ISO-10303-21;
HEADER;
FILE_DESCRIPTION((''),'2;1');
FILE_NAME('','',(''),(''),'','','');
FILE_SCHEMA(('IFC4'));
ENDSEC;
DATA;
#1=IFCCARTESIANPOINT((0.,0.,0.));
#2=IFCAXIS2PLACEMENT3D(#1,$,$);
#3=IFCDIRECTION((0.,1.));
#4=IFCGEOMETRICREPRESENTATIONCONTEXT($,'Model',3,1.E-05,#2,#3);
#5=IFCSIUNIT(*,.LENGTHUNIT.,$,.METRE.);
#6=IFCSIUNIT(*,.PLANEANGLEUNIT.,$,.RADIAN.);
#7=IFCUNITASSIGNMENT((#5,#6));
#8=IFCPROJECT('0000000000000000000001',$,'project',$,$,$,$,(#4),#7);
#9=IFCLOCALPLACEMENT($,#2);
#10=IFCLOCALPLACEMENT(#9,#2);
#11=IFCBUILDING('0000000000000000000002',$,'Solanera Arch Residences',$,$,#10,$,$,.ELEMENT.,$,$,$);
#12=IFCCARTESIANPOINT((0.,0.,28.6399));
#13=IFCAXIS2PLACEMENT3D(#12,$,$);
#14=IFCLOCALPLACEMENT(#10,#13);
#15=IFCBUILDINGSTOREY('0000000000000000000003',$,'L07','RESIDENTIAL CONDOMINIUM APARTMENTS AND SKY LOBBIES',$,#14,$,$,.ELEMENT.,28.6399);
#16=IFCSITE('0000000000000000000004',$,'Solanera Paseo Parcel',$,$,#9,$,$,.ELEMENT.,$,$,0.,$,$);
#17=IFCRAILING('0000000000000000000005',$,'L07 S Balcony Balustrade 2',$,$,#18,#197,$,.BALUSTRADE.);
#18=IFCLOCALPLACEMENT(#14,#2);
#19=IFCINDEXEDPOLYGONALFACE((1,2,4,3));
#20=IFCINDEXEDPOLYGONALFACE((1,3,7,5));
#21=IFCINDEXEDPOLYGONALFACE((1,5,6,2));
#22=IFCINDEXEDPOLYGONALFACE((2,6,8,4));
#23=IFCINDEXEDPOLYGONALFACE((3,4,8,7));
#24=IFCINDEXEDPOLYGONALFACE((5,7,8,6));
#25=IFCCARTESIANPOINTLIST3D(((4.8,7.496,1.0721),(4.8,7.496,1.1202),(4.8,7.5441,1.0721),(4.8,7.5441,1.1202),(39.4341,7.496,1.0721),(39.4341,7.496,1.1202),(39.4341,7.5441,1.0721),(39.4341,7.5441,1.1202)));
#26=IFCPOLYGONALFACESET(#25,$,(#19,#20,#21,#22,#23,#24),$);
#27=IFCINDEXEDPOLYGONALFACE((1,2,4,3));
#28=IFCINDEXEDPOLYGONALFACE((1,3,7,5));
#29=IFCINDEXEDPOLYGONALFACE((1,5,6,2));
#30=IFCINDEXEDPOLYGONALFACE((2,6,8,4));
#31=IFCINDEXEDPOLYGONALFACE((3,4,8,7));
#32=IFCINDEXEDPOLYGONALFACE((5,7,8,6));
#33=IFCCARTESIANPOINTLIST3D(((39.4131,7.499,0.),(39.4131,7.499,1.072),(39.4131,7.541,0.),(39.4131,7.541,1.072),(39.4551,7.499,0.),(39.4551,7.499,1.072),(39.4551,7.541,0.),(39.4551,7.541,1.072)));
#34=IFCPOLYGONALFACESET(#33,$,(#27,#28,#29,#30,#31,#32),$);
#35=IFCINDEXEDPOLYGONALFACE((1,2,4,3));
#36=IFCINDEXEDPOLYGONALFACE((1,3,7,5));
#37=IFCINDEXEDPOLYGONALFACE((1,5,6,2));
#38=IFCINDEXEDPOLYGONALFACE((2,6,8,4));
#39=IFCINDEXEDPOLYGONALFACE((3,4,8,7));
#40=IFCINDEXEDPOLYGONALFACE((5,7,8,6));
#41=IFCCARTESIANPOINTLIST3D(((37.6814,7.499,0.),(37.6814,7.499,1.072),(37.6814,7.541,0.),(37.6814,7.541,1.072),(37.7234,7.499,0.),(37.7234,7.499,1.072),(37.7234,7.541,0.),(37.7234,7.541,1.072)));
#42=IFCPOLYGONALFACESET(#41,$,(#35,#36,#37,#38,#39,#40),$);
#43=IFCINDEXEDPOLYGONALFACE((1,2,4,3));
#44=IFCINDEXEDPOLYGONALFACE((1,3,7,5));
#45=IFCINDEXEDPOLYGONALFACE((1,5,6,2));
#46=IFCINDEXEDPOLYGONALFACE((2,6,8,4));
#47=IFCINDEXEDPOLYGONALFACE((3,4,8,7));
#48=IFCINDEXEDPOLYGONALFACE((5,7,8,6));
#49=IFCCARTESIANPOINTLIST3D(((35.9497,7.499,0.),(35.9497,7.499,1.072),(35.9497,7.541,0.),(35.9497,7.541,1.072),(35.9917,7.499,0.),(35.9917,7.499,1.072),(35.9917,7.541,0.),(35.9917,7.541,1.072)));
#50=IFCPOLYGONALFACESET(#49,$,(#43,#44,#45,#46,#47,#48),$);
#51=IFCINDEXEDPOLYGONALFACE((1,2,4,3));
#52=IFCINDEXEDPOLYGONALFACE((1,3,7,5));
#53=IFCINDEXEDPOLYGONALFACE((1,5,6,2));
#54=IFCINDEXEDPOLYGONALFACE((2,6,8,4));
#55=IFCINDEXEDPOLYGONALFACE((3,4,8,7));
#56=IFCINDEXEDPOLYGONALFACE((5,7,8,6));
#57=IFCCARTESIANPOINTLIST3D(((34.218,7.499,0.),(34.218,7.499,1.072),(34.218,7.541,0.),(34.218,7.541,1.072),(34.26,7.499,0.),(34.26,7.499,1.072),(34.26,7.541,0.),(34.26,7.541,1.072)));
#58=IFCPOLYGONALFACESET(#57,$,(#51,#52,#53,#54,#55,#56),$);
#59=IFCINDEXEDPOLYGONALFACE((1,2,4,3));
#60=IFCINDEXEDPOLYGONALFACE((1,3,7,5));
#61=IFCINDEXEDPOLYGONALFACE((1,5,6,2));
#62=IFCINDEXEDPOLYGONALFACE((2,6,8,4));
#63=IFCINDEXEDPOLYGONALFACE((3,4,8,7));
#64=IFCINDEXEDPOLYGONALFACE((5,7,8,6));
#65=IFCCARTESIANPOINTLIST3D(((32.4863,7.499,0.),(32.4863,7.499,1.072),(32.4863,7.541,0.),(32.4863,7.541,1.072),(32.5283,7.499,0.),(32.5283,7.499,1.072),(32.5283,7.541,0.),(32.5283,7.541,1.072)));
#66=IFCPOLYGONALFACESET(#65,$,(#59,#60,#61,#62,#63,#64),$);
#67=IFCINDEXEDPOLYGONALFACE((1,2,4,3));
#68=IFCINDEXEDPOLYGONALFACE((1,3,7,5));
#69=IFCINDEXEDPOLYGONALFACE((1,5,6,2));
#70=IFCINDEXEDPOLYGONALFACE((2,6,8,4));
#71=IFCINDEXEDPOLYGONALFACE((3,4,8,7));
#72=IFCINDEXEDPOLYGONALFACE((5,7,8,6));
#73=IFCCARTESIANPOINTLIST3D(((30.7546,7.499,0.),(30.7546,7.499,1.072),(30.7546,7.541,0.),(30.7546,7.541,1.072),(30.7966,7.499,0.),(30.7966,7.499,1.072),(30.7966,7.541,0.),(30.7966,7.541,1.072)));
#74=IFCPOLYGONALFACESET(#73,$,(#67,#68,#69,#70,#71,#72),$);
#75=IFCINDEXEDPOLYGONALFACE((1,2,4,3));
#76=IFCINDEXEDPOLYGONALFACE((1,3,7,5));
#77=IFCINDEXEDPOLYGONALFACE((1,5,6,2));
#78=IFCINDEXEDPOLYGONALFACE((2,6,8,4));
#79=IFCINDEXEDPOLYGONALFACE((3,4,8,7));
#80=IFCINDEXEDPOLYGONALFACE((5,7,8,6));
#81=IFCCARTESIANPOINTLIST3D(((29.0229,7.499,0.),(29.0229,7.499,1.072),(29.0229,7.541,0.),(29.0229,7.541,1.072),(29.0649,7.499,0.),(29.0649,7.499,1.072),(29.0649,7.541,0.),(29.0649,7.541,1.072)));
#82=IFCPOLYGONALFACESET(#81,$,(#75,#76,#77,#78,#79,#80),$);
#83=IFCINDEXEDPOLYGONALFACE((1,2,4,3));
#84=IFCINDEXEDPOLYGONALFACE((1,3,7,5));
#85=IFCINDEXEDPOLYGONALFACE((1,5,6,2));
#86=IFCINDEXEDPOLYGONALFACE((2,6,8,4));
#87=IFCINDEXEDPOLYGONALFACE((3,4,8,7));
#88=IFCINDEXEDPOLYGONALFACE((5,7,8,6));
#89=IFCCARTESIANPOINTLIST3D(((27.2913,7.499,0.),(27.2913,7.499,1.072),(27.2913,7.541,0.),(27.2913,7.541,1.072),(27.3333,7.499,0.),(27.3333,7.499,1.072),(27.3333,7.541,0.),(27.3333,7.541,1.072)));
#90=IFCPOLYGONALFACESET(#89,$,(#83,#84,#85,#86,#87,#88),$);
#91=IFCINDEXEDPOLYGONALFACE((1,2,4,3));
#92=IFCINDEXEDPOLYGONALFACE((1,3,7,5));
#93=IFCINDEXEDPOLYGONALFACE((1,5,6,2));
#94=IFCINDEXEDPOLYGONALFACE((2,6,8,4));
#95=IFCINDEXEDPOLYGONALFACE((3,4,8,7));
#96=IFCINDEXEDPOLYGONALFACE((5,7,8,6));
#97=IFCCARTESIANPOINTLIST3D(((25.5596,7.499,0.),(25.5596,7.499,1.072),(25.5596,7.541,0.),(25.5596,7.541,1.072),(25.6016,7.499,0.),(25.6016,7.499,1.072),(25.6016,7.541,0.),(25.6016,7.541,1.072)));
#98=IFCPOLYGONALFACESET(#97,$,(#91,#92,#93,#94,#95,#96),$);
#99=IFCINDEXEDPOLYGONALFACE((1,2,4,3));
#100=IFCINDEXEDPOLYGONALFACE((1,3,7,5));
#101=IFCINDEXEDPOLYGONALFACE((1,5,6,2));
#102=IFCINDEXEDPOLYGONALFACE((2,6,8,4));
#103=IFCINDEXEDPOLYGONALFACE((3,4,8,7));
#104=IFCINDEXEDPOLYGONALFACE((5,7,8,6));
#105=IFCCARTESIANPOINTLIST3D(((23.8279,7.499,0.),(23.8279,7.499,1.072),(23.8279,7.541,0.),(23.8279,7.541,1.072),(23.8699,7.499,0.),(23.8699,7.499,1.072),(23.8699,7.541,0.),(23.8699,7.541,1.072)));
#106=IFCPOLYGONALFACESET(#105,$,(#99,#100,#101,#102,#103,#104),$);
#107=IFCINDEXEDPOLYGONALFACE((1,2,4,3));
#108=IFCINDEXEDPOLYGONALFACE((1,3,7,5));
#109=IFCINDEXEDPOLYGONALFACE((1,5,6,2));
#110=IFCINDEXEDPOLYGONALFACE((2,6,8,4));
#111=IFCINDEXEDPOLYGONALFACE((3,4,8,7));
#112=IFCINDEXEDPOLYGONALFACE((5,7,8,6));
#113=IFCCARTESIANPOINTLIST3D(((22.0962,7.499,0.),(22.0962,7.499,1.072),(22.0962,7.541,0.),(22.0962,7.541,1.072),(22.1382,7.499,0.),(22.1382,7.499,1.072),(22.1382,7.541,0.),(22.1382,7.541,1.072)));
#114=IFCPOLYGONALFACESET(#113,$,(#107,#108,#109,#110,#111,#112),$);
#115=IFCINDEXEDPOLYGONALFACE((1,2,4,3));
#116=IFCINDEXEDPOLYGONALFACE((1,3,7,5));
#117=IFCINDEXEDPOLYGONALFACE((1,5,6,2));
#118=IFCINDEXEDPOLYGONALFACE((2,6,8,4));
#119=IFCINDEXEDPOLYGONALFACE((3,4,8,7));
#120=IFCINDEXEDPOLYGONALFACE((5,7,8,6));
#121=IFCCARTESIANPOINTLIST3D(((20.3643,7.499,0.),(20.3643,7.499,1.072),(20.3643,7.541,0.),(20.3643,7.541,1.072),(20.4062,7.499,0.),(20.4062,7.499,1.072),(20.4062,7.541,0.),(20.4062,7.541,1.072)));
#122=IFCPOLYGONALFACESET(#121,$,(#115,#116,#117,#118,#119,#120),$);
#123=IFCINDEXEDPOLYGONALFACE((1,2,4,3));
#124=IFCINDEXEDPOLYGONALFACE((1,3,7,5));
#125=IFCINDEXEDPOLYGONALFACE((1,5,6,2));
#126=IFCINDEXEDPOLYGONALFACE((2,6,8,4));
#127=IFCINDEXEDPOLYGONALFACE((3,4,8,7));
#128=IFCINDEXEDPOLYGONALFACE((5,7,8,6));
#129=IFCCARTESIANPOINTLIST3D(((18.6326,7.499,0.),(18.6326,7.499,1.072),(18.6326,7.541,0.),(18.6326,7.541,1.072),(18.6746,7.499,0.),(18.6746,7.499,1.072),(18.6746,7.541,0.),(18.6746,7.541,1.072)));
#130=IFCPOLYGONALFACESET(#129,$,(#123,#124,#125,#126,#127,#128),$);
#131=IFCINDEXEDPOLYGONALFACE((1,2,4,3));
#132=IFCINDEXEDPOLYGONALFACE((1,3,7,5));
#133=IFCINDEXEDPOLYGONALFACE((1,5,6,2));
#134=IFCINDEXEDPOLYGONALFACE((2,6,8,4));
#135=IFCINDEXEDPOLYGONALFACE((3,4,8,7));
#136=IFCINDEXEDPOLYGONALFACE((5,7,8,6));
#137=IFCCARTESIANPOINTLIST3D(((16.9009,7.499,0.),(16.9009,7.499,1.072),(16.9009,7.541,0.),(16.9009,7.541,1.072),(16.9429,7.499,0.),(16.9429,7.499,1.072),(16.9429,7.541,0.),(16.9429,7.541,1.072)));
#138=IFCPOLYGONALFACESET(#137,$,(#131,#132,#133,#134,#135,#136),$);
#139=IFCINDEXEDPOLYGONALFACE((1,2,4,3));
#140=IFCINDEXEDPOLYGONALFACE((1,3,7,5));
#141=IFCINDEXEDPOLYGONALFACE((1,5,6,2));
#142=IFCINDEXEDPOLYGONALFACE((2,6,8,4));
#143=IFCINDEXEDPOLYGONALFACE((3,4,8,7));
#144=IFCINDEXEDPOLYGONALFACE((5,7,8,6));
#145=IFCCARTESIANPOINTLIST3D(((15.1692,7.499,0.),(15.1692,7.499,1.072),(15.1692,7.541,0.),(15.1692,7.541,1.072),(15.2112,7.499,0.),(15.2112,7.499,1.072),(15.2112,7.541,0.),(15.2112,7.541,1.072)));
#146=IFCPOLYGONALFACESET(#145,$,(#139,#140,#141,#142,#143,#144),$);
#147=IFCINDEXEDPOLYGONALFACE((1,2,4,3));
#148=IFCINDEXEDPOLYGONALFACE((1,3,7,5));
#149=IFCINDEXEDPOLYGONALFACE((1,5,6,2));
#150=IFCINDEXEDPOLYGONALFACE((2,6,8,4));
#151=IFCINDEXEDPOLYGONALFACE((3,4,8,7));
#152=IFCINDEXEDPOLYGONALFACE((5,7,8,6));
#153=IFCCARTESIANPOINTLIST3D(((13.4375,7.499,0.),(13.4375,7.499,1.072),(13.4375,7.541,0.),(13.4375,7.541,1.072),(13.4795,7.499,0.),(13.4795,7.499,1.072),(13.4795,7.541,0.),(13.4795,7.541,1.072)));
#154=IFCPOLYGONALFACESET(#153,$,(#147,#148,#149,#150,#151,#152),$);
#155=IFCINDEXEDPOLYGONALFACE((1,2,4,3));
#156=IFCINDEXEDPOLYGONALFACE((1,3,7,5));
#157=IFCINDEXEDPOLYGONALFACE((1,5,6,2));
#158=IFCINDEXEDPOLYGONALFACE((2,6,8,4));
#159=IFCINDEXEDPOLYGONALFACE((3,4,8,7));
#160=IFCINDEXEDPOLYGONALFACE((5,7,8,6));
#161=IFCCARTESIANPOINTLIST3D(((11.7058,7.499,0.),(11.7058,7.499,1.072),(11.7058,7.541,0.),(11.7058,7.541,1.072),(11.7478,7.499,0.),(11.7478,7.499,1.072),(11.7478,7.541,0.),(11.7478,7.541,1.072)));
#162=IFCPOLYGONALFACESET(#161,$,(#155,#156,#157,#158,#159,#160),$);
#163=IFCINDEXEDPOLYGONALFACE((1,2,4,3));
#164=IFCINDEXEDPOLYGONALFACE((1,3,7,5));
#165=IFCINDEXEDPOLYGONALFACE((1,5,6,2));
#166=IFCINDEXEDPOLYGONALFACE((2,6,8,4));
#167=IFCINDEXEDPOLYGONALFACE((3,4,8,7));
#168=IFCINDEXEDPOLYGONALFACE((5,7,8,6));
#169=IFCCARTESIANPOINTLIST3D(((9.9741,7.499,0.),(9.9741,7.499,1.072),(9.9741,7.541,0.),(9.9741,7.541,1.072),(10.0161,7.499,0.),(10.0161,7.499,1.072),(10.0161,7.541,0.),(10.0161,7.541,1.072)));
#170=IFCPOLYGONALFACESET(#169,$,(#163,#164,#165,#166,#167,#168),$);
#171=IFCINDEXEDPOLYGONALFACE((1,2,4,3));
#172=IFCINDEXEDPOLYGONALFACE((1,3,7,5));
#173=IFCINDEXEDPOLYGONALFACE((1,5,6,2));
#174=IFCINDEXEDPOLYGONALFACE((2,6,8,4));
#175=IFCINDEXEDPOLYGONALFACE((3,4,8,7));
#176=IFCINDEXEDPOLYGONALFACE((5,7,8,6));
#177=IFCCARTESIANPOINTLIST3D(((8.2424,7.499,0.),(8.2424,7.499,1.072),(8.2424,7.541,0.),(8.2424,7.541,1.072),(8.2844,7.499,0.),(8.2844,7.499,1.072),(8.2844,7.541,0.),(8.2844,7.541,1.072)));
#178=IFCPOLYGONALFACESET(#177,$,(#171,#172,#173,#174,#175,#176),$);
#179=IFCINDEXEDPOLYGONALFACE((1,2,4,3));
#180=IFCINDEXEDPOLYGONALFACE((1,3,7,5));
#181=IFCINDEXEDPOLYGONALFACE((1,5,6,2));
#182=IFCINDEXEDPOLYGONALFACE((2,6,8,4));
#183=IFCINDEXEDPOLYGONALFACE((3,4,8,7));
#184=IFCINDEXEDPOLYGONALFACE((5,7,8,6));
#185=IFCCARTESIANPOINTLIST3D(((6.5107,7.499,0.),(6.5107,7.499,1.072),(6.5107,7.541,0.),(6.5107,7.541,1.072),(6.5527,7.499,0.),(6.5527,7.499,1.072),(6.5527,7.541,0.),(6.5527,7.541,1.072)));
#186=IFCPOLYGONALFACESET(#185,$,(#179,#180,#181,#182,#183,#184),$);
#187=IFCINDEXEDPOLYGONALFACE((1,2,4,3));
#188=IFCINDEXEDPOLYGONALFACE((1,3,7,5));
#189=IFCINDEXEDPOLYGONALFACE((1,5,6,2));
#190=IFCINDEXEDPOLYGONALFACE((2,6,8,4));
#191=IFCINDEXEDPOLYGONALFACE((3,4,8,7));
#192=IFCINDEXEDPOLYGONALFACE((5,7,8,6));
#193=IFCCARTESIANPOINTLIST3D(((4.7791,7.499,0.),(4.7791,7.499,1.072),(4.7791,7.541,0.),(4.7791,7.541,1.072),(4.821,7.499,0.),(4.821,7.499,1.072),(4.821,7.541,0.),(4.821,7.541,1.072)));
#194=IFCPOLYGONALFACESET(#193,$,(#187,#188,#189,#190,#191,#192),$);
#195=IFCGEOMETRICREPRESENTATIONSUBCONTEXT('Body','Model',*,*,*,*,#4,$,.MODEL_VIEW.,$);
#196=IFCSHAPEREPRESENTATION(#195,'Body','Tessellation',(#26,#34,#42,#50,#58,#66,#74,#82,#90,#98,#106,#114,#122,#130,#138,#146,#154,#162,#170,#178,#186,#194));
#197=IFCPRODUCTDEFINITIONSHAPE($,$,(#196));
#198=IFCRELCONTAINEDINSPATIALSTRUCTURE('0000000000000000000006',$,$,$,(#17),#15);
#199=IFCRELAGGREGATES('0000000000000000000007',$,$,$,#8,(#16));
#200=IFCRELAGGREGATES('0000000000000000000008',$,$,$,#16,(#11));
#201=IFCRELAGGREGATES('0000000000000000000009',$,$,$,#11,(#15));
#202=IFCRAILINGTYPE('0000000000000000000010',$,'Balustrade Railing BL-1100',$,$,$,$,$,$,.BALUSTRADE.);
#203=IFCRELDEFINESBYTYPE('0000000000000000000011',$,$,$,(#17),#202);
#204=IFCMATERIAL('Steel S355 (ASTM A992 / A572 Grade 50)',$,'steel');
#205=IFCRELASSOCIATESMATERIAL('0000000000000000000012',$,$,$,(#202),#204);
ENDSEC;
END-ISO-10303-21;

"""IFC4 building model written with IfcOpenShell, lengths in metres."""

from ifc_helpers import new_model, si_unit, direction, frame, origin, origin_2d, place, context, subcontext, project, spatial, rectangle, extrude, material, type_object, element, save


model = new_model("IFC4")

# Units and contexts
model_context = context("Model", 3, precision=1e-05, world=origin(), true_north=direction((0.0, 1.0)))
body_context = subcontext(model_context, "Body", "Model", "MODEL_VIEW")
ifc_project = project(units=[si_unit("LENGTHUNIT", "METRE"), si_unit("PLANEANGLEUNIT", "RADIAN")], contexts=[model_context])

# Site, building, storey
site_placement = place(None, origin())
site = spatial("IfcSite", under=ifc_project, at=site_placement, Name="Solanera Paseo Parcel", CompositionType="ELEMENT", RefElevation=0.0)
building_placement = place(site_placement, origin())
building = spatial("IfcBuilding", under=site, at=building_placement, Name="Solanera Arch Residences", CompositionType="ELEMENT")
storey_placement = place(building_placement, frame((0.0, 0.0, 28.6399)))
storey = spatial("IfcBuildingStorey", under=building, at=storey_placement, Name="L07", Description="RESIDENTIAL CONDOMINIUM APARTMENTS AND SKY LOBBIES", CompositionType="ELEMENT", Elevation=28.6399)

# Railing
ifc_material_1 = material(Name="Steel S355 (ASTM A992 / A572 Grade 50)", Category="steel")
railing_type = type_object("IfcRailingType", Name="Balustrade Railing BL-1100", PredefinedType="BALUSTRADE", material=ifc_material_1)
railing_1_placement = place(storey_placement, frame((39.4341, 7.52, 0.0)))
element("IfcRailing", 1, at=railing_1_placement, inside=storey, type_object=railing_type, Name="L07 S Balcony Balustrade 2", PredefinedType="BALUSTRADE", context=body_context, shape_type="SweptSolid", body=[
    extrude(rectangle(XDim=0.0481, YDim=0.0481, at=origin_2d()), frame((0.0, 0.0, 1.0962), z_axis=(-1.0, 0.0, 0.0), x_axis=(0.0, -1.0, 0.0)), (0.0, 0.0, 1.0), 34.634),
    extrude(rectangle(XDim=0.042, YDim=0.042, at=origin_2d()), origin(), (0.0, 0.0, 1.0), 1.072),
    extrude(rectangle(XDim=0.042, YDim=0.042, at=origin_2d()), frame((-1.7317, 0.0, 0.0)), (0.0, 0.0, 1.0), 1.072),
    extrude(rectangle(XDim=0.042, YDim=0.042, at=origin_2d()), frame((-3.4634, 0.0, 0.0)), (0.0, 0.0, 1.0), 1.072),
    extrude(rectangle(XDim=0.042, YDim=0.042, at=origin_2d()), frame((-5.1951, 0.0, 0.0)), (0.0, 0.0, 1.0), 1.072),
    extrude(rectangle(XDim=0.042, YDim=0.042, at=origin_2d()), frame((-6.9268, 0.0, 0.0)), (0.0, 0.0, 1.0), 1.072),
    extrude(rectangle(XDim=0.042, YDim=0.042, at=origin_2d()), frame((-8.6584, 0.0, 0.0)), (0.0, 0.0, 1.0), 1.072),
    extrude(rectangle(XDim=0.042, YDim=0.042, at=origin_2d()), frame((-10.3901, 0.0, 0.0)), (0.0, 0.0, 1.0), 1.072),
    extrude(rectangle(XDim=0.042, YDim=0.042, at=origin_2d()), frame((-12.1218, 0.0, 0.0)), (0.0, 0.0, 1.0), 1.072),
    extrude(rectangle(XDim=0.042, YDim=0.042, at=origin_2d()), frame((-13.8535, 0.0, 0.0)), (0.0, 0.0, 1.0), 1.072),
    extrude(rectangle(XDim=0.042, YDim=0.042, at=origin_2d()), frame((-15.5852, 0.0, 0.0)), (0.0, 0.0, 1.0), 1.072),
    extrude(rectangle(XDim=0.042, YDim=0.042, at=origin_2d()), frame((-17.3169, 0.0, 0.0)), (0.0, 0.0, 1.0), 1.072),
    extrude(rectangle(XDim=0.042, YDim=0.042, at=origin_2d()), frame((-19.0488, 0.0, 0.0)), (0.0, 0.0, 1.0), 1.072),
    extrude(rectangle(XDim=0.042, YDim=0.042, at=origin_2d()), frame((-20.7805, 0.0, 0.0)), (0.0, 0.0, 1.0), 1.072),
    extrude(rectangle(XDim=0.042, YDim=0.042, at=origin_2d()), frame((-22.5122, 0.0, 0.0)), (0.0, 0.0, 1.0), 1.072),
    extrude(rectangle(XDim=0.042, YDim=0.042, at=origin_2d()), frame((-24.2439, 0.0, 0.0)), (0.0, 0.0, 1.0), 1.072),
    extrude(rectangle(XDim=0.042, YDim=0.042, at=origin_2d()), frame((-25.9756, 0.0, 0.0)), (0.0, 0.0, 1.0), 1.072),
    extrude(rectangle(XDim=0.042, YDim=0.042, at=origin_2d()), frame((-27.7073, 0.0, 0.0)), (0.0, 0.0, 1.0), 1.072),
    extrude(rectangle(XDim=0.042, YDim=0.042, at=origin_2d()), frame((-29.439, 0.0, 0.0)), (0.0, 0.0, 1.0), 1.072),
    extrude(rectangle(XDim=0.042, YDim=0.042, at=origin_2d()), frame((-31.1707, 0.0, 0.0)), (0.0, 0.0, 1.0), 1.072),
    extrude(rectangle(XDim=0.042, YDim=0.042, at=origin_2d()), frame((-32.9023, 0.0, 0.0)), (0.0, 0.0, 1.0), 1.072),
    extrude(rectangle(XDim=0.042, YDim=0.042, at=origin_2d()), frame((-34.634, 0.0, 0.0)), (0.0, 0.0, 1.0), 1.072),
])

save(model, "model.ifc")
